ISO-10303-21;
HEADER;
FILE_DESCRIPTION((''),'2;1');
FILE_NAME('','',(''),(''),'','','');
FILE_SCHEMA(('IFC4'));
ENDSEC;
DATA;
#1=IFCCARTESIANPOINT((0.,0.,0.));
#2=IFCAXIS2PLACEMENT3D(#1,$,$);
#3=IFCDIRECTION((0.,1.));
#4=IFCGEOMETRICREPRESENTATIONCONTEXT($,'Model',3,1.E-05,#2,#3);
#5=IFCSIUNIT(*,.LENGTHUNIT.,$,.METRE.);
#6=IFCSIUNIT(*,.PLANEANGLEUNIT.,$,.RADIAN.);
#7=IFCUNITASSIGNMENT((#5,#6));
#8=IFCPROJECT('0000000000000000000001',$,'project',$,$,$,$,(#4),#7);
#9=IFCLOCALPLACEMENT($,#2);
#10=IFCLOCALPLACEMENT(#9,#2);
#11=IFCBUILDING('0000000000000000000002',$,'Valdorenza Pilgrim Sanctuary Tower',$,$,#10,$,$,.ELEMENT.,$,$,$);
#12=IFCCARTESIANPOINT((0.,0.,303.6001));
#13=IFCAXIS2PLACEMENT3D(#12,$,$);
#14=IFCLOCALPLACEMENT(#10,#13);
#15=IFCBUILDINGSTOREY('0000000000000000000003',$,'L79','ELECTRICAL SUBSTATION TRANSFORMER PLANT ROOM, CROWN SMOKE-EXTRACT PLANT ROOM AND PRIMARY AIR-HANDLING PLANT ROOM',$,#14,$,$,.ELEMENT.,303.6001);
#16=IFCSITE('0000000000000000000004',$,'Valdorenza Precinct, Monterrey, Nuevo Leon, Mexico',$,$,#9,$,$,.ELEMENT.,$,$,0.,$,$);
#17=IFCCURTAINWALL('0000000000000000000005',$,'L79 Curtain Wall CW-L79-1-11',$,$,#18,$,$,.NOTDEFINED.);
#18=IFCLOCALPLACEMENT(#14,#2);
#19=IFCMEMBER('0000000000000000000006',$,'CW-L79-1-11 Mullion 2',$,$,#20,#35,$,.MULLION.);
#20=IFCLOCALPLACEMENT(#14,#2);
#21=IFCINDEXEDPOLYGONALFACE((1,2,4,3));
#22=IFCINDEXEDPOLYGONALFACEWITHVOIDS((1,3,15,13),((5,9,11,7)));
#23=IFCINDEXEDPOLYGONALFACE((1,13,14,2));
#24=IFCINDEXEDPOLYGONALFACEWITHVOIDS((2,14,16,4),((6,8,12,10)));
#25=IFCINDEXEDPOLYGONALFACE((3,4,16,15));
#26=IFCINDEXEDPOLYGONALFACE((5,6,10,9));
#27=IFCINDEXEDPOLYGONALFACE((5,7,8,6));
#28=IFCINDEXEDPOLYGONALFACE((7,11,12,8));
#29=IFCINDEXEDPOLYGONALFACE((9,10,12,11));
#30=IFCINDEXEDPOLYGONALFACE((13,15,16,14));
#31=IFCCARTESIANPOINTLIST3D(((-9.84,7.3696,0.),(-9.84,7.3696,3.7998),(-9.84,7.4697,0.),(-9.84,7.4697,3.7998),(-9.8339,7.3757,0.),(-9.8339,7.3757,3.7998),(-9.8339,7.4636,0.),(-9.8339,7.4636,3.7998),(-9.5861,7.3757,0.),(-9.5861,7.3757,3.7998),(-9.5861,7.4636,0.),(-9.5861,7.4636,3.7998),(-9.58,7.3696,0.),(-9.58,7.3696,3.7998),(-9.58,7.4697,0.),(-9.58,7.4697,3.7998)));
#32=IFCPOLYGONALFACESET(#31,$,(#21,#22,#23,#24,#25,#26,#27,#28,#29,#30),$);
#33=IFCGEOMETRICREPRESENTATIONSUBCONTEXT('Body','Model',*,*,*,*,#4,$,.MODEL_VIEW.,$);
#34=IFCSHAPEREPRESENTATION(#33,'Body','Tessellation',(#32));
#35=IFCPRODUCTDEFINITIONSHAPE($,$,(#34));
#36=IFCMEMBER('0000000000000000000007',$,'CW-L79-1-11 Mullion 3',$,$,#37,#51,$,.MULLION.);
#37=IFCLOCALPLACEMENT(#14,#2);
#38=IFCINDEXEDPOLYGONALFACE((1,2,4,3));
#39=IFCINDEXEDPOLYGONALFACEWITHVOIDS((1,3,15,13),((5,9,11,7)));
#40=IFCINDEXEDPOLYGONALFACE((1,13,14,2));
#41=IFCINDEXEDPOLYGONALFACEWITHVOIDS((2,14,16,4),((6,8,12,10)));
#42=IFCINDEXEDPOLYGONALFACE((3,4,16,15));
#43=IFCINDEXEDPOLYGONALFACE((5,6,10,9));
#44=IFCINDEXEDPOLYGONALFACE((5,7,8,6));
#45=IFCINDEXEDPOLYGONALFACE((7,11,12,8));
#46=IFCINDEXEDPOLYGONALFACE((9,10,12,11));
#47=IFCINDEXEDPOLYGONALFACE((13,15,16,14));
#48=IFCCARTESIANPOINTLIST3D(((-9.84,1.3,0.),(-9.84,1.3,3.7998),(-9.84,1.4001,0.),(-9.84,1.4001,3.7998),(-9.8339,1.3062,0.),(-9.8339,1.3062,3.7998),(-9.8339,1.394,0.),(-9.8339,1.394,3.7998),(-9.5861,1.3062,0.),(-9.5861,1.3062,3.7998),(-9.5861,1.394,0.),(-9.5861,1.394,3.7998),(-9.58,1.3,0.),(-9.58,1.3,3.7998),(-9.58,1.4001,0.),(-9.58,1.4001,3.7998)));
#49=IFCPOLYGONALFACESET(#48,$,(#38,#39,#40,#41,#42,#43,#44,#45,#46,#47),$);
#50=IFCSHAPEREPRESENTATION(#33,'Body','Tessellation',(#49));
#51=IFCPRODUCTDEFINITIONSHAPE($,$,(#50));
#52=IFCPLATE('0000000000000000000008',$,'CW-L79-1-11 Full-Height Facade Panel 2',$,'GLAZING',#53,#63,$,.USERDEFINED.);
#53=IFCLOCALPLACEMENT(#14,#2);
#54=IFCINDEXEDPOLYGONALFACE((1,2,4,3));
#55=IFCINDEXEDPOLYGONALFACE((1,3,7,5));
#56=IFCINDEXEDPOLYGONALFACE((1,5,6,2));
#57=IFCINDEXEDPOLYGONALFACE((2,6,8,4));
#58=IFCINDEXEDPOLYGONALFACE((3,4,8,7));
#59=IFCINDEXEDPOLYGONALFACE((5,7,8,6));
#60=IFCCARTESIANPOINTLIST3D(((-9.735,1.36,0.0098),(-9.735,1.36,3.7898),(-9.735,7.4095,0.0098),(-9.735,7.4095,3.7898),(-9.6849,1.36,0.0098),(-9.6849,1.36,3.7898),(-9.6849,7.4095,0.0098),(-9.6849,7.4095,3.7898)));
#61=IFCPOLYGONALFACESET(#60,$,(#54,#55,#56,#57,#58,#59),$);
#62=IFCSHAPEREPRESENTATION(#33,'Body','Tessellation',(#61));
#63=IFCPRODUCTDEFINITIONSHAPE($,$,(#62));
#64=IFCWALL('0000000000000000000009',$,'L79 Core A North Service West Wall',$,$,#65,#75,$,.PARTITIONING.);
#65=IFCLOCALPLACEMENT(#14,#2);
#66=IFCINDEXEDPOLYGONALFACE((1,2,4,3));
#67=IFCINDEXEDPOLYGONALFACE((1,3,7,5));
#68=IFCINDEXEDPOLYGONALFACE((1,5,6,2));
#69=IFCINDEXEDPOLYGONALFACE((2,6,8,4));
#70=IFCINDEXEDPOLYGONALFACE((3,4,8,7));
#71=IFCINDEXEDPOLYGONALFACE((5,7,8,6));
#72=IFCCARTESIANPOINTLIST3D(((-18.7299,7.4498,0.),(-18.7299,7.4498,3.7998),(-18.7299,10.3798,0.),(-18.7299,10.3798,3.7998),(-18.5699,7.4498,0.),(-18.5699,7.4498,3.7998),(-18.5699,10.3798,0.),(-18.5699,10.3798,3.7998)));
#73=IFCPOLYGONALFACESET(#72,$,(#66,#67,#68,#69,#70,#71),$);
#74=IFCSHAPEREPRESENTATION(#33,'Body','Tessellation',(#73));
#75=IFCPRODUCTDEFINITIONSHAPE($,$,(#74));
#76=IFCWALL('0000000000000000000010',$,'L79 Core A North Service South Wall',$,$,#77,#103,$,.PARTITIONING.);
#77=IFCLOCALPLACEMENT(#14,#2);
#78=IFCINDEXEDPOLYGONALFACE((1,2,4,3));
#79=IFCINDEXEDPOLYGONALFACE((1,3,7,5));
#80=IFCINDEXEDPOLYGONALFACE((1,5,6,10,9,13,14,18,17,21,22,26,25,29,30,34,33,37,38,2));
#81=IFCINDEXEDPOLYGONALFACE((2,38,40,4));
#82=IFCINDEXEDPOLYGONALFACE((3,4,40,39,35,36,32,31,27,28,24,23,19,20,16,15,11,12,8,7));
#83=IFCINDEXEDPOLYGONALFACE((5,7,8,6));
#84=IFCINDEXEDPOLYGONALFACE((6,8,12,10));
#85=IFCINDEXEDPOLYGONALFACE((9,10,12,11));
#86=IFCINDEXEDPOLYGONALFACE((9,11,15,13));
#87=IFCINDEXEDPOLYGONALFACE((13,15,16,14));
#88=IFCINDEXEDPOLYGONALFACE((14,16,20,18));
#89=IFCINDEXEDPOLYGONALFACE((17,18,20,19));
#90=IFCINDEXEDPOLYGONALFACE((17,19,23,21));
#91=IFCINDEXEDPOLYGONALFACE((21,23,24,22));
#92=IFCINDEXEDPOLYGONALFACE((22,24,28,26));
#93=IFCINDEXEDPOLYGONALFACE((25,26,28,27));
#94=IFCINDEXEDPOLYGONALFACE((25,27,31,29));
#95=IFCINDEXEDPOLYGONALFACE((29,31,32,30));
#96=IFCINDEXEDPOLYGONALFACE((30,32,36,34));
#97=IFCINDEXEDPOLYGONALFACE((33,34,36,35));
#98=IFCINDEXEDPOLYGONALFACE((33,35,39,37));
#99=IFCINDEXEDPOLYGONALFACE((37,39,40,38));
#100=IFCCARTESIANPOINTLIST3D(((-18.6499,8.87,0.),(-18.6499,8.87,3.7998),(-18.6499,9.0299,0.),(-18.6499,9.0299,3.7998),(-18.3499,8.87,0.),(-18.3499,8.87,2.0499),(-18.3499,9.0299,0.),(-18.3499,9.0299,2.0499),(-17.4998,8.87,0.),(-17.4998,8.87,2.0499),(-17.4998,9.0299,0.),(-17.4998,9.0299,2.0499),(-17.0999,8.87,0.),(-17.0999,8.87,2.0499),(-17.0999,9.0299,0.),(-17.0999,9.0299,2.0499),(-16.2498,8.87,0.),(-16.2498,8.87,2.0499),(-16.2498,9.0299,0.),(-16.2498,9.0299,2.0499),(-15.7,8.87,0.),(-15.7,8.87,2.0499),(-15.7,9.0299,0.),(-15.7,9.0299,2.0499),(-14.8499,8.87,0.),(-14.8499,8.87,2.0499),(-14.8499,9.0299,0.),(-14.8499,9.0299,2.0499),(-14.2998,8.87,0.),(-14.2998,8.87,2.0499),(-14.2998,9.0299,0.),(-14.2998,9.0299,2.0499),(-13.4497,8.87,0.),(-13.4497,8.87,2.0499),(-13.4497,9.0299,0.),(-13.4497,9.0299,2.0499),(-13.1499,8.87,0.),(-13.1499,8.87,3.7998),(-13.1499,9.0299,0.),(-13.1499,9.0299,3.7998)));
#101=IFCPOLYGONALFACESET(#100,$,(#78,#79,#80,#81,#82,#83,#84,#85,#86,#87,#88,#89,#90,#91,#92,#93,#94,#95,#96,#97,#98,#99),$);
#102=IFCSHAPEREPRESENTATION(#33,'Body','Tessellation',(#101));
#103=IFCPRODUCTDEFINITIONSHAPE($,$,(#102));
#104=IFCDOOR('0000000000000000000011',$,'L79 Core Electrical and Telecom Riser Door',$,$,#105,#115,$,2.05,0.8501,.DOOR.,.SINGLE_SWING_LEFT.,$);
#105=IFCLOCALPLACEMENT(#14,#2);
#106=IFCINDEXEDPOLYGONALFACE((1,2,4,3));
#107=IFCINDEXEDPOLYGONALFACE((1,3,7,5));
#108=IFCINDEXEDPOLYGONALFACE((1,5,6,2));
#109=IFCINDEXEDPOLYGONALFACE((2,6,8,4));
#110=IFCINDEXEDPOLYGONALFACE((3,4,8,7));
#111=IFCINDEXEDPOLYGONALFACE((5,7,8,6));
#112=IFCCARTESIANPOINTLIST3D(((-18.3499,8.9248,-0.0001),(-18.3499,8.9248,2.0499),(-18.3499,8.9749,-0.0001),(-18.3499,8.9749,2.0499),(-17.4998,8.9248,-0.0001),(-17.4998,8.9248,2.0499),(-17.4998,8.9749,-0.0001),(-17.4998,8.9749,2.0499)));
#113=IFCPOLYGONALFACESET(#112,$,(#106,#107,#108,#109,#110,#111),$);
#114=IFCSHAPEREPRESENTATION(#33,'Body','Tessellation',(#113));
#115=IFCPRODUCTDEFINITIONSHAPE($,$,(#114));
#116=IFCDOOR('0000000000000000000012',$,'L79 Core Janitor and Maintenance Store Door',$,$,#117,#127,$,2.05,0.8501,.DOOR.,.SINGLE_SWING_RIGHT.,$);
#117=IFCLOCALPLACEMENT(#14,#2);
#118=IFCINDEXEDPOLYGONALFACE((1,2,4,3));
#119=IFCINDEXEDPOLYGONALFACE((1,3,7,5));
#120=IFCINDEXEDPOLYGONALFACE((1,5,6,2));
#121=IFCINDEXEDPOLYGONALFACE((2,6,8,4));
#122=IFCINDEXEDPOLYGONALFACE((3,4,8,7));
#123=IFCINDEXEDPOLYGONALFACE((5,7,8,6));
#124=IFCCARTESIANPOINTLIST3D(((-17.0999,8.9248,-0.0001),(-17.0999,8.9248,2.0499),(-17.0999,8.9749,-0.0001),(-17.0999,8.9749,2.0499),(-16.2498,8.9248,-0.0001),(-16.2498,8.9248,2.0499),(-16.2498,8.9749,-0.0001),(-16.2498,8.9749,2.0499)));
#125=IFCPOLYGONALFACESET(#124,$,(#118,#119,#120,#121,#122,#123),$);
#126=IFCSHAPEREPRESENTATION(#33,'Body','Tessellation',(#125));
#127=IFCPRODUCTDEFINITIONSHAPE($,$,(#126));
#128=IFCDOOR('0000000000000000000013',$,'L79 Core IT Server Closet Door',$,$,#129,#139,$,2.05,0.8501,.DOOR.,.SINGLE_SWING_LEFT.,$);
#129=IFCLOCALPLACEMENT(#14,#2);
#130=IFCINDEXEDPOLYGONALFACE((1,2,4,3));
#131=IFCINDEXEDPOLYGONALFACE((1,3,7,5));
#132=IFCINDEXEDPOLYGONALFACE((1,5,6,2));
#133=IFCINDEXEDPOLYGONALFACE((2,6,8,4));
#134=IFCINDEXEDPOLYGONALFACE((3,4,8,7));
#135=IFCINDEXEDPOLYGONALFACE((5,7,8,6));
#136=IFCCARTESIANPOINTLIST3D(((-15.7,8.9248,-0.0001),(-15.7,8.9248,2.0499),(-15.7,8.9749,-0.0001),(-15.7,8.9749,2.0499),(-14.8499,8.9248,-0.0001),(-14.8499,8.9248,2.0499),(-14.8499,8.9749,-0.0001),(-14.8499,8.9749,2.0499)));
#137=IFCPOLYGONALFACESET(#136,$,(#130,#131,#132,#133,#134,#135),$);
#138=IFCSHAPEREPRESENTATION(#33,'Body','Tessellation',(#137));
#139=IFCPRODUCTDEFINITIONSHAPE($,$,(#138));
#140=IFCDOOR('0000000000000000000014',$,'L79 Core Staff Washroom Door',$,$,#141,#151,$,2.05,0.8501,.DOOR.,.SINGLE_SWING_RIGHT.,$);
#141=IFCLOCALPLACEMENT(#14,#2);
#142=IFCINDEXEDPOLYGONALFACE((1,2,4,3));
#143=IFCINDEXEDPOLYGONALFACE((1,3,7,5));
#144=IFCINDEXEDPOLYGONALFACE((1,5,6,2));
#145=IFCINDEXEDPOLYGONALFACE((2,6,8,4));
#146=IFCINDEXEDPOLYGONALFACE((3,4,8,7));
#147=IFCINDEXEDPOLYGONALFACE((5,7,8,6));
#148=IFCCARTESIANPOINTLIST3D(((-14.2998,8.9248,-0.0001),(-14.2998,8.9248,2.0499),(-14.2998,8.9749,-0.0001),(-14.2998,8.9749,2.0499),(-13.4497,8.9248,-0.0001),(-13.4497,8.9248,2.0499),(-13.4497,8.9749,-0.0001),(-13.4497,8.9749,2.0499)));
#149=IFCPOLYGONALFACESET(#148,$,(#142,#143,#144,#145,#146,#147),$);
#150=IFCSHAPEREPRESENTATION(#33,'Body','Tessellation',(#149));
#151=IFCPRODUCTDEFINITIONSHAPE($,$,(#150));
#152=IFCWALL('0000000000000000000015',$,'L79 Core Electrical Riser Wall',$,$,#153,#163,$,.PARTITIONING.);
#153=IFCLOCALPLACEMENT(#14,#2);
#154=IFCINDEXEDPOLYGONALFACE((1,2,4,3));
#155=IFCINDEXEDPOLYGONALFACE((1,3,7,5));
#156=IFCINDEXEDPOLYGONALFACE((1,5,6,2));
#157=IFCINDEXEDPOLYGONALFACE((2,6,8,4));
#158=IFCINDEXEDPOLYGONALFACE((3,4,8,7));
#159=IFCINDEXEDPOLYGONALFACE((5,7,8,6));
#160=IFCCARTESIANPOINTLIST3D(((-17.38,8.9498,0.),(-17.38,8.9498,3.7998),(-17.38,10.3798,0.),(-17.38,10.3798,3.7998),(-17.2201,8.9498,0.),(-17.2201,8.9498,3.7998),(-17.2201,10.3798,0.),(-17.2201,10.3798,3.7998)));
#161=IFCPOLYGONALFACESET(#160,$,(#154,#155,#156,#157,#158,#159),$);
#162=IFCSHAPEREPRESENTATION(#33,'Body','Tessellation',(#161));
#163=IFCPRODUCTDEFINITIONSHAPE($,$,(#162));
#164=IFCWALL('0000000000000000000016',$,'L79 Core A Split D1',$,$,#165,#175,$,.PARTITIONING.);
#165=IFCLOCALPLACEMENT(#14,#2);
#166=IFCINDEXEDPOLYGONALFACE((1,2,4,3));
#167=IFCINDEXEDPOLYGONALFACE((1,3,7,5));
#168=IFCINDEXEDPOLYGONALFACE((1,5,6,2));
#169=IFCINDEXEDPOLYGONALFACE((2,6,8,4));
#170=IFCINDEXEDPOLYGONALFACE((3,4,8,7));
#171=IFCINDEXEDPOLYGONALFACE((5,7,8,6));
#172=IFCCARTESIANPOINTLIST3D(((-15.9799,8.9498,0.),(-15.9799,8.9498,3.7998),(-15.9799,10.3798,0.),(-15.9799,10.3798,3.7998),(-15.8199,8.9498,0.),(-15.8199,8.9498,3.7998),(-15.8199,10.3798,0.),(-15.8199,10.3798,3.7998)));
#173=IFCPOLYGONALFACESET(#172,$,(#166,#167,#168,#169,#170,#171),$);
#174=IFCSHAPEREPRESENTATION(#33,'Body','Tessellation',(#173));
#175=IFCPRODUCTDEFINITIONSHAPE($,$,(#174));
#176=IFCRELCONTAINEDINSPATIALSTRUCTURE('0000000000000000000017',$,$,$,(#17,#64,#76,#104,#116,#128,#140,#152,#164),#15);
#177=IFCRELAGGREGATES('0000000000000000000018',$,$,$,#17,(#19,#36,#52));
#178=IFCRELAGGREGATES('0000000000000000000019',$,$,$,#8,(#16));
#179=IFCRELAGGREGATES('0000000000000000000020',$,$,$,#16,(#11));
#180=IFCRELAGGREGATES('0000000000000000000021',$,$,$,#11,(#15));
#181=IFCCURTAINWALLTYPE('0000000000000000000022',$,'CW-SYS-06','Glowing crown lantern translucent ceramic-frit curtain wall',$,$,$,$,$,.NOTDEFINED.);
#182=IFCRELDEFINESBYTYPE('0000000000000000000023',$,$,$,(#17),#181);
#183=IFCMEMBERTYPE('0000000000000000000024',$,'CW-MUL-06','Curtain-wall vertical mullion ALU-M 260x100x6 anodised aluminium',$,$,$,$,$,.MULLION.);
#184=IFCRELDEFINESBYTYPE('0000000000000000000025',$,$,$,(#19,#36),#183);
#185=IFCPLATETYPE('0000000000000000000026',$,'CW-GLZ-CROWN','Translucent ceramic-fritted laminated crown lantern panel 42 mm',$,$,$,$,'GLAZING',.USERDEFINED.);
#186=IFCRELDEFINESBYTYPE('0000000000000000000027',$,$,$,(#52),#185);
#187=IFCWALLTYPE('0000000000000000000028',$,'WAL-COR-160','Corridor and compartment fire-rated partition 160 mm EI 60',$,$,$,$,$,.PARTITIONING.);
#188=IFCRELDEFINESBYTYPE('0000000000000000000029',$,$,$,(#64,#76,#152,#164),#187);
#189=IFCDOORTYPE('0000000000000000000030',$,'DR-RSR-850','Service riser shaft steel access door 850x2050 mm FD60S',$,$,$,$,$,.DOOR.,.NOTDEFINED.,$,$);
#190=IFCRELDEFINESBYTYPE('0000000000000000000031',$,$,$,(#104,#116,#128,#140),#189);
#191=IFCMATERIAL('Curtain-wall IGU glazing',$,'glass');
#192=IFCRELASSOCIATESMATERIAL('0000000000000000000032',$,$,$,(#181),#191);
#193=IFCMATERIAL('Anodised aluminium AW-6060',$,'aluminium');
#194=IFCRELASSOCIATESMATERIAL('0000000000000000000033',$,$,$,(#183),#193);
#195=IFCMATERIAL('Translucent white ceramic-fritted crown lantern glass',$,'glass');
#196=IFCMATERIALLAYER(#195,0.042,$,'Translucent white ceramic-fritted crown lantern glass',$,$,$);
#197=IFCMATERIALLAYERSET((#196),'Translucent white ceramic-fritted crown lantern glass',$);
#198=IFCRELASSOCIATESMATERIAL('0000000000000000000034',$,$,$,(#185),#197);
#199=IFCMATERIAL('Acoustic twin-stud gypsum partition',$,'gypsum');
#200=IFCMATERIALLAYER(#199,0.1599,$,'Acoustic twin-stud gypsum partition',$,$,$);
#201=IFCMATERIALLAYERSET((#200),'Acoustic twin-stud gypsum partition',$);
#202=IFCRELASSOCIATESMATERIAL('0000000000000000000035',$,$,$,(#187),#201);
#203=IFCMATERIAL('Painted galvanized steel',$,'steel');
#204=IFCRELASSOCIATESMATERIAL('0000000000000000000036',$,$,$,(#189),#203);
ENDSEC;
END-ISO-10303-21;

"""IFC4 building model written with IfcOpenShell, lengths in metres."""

from ifc_helpers import new_model, si_unit, direction, frame, frame_2d, origin, origin_2d, place, context, subcontext, project, spatial, rectangle, hollow_rectangle, extrude, source, transform, mapped, material, layer, layer_set, material_profile, profile_set, type_object, element, fill, aggregate, save


model = new_model("IFC4")

# Units and contexts
model_context = context("Model", 3, precision=1e-05, world=origin(), true_north=direction((0.0, 1.0)))
body_context = subcontext(model_context, "Body", "Model", "MODEL_VIEW")
ifc_project = project(units=[si_unit("LENGTHUNIT", "METRE"), si_unit("PLANEANGLEUNIT", "RADIAN")], contexts=[model_context])

# Site, building, storey
site_placement = place(None, origin())
site = spatial("IfcSite", under=ifc_project, at=site_placement, Name="Valdorenza Precinct, Monterrey, Nuevo Leon, Mexico", CompositionType="ELEMENT", RefElevation=0.0)
building_placement = place(site_placement, origin())
building = spatial("IfcBuilding", under=site, at=building_placement, Name="Valdorenza Pilgrim Sanctuary Tower", CompositionType="ELEMENT")
storey_placement = place(building_placement, frame((0.0, 0.0, 303.6001)))
storey = spatial("IfcBuildingStorey", under=building, at=storey_placement, Name="L79", Description="ELECTRICAL SUBSTATION TRANSFORMER PLANT ROOM, CROWN SMOKE-EXTRACT PLANT ROOM AND PRIMARY AIR-HANDLING PLANT ROOM", CompositionType="ELEMENT", Elevation=303.6001)

# Curtain wall, members, plate
ifc_material_1 = material(Name="Curtain-wall IGU glazing", Category="glass")
curtain_wall_type = type_object("IfcCurtainWallType", Name="CW-SYS-06", Description="Glowing crown lantern translucent ceramic-frit curtain wall", PredefinedType="NOTDEFINED", material=ifc_material_1)
curtain_wall_placement = place(storey_placement, origin())
curtain_wall = element("IfcCurtainWall", 1, at=curtain_wall_placement, inside=storey, type_object=curtain_wall_type, Name="L79 Curtain Wall CW-L79-1-11", PredefinedType="NOTDEFINED")
ifc_material_2 = material(Name="Anodised aluminium AW-6060", Category="aluminium")
ifc_material_profile = material_profile(ifc_material_2, hollow_rectangle(XDim=0.1001, YDim=0.26, WallThickness=0.0061, at=origin_2d()), Name="ALU-M 260x100x6")
ifc_profile_set = profile_set([ifc_material_profile], Name="Anodised aluminium AW-6060")
member_type = type_object("IfcMemberType", Name="CW-MUL-06", Description="Curtain-wall vertical mullion ALU-M 260x100x6 anodised aluminium", PredefinedType="MULLION", material=ifc_profile_set)
shared_shape_1 = source(origin(), body_context, "Body", "SweptSolid", [
    extrude(hollow_rectangle(XDim=0.1001, YDim=0.26, WallThickness=0.0061, at=origin_2d()), origin(), (0.0, 0.0, 1.0), 3.7998),
])
member_1_placement = place(storey_placement, frame((-9.71, 7.4197, 0.0), z_axis=(0.0, 0.0, 1.0), x_axis=(0.0, -1.0, 0.0)))
member_1 = element("IfcMember", 2, at=member_1_placement, type_object=member_type, Name="CW-L79-1-11 Mullion 2", PredefinedType="MULLION", context=body_context, shape_type="MappedRepresentation", body=[
    mapped(shared_shape_1, transform((0.0, 0.0, 0.0), x_axis=(1.0, 0.0, 0.0), y_axis=(0.0, 1.0, 0.0), z_axis=(0.0, 0.0, 1.0), scale=1.0)),
])
member_2_placement = place(storey_placement, frame((-9.71, 1.3501, 0.0), z_axis=(0.0, 0.0, 1.0), x_axis=(0.0, -1.0, 0.0)))
member_2 = element("IfcMember", 3, at=member_2_placement, type_object=member_type, Name="CW-L79-1-11 Mullion 3", PredefinedType="MULLION", context=body_context, shape_type="MappedRepresentation", body=[
    mapped(shared_shape_1, transform((0.0, 0.0, 0.0), x_axis=(1.0, 0.0, 0.0), y_axis=(0.0, 1.0, 0.0), z_axis=(0.0, 0.0, 1.0), scale=1.0)),
])
ifc_material_3 = material(Name="Translucent white ceramic-fritted crown lantern glass", Category="glass")
ifc_layer_1 = layer(ifc_material_3, 0.042, Name="Translucent white ceramic-fritted crown lantern glass")
ifc_layer_set_1 = layer_set([ifc_layer_1], Name="Translucent white ceramic-fritted crown lantern glass")
plate_type = type_object("IfcPlateType", Name="CW-GLZ-CROWN", Description="Translucent ceramic-fritted laminated crown lantern panel 42 mm", ElementType="GLAZING", PredefinedType="USERDEFINED", material=ifc_layer_set_1)
shared_shape_2 = source(origin(), body_context, "Body", "SweptSolid", [
    extrude(rectangle(XDim=6.0496, YDim=0.05, at=origin_2d()), origin(), (0.0, 0.0, 1.0), 3.78),
])
plate_placement = place(storey_placement, frame((-9.71, 4.3848, 0.0098), z_axis=(0.0, 0.0, 1.0), x_axis=(0.0, -1.0, 0.0)))
plate = element("IfcPlate", 4, at=plate_placement, type_object=plate_type, Name="CW-L79-1-11 Full-Height Facade Panel 2", ObjectType="GLAZING", PredefinedType="USERDEFINED", context=body_context, shape_type="MappedRepresentation", body=[
    mapped(shared_shape_2, transform((0.0, 0.0, 0.0), x_axis=(1.0, 0.0, 0.0), y_axis=(0.0, 1.0, 0.0), z_axis=(0.0, 0.0, 1.0), scale=1.0)),
])
aggregate(curtain_wall, [member_1, member_2, plate])

# Wall
ifc_material_4 = material(Name="Acoustic twin-stud gypsum partition", Category="gypsum")
ifc_layer_2 = layer(ifc_material_4, 0.1599, Name="Acoustic twin-stud gypsum partition")
ifc_layer_set_2 = layer_set([ifc_layer_2], Name="Acoustic twin-stud gypsum partition")
wall_type_1 = type_object("IfcWallType", Name="WAL-COR-160", Description="Corridor and compartment fire-rated partition 160 mm EI 60", PredefinedType="PARTITIONING", material=ifc_layer_set_2)
wall_1_placement = place(storey_placement, frame((-18.6499, 7.45, 0.0), z_axis=(0.0, 0.0, 1.0), x_axis=(0.0, 1.0, 0.0)))
element("IfcWall", 5, at=wall_1_placement, inside=storey, type_object=wall_type_1, Name="L79 Core A North Service West Wall", PredefinedType="PARTITIONING", context=body_context, shape_type="SweptSolid", body=[
    extrude(rectangle(XDim=2.9299, YDim=0.1599, at=frame_2d((1.4648, 0.0))), origin(), (0.0, 0.0, 1.0), 3.7998),
])

# Wall, openings, doors
wall_2_placement = place(storey_placement, frame((-18.6499, 8.95, 0.0), z_axis=(0.0, 0.0, 1.0), x_axis=(1.0, 0.0, 0.0)))
wall_2 = element("IfcWall", 6, at=wall_2_placement, inside=storey, type_object=wall_type_1, Name="L79 Core A North Service South Wall", PredefinedType="PARTITIONING", context=body_context, shape_type="SweptSolid", body=[
    extrude(rectangle(XDim=5.5, YDim=0.1599, at=frame_2d((2.75, 0.0))), origin(), (0.0, 0.0, 1.0), 3.7998),
])
opening_1_placement = place(wall_2_placement, frame((0.3, 0.0, 0.0)))
opening_1 = element("IfcOpeningElement", 7, at=opening_1_placement, cuts=wall_2, PredefinedType="OPENING", context=body_context, shape_type="SweptSolid", body=[
    extrude(rectangle(XDim=0.8501, YDim=2.05, at=frame_2d((0.425, 1.0249))), frame((0.0, 0.0947, 0.0), z_axis=(0.0, -1.0, 0.0), x_axis=(1.0, 0.0, 0.0)), (0.0, 0.0, 1.0), 0.1897),
])
opening_2_placement = place(wall_2_placement, frame((1.55, 0.0, 0.0)))
opening_2 = element("IfcOpeningElement", 8, at=opening_2_placement, cuts=wall_2, PredefinedType="OPENING", context=body_context, shape_type="SweptSolid", body=[
    extrude(rectangle(XDim=0.8501, YDim=2.05, at=frame_2d((0.425, 1.0249))), frame((0.0, 0.0947, 0.0), z_axis=(0.0, -1.0, 0.0), x_axis=(1.0, 0.0, 0.0)), (0.0, 0.0, 1.0), 0.1897),
])
opening_3_placement = place(wall_2_placement, frame((2.95, 0.0, 0.0)))
opening_3 = element("IfcOpeningElement", 9, at=opening_3_placement, cuts=wall_2, PredefinedType="OPENING", context=body_context, shape_type="SweptSolid", body=[
    extrude(rectangle(XDim=0.8501, YDim=2.05, at=frame_2d((0.425, 1.0249))), frame((0.0, 0.0947, 0.0), z_axis=(0.0, -1.0, 0.0), x_axis=(1.0, 0.0, 0.0)), (0.0, 0.0, 1.0), 0.1897),
])
opening_4_placement = place(wall_2_placement, frame((4.3501, 0.0, 0.0)))
opening_4 = element("IfcOpeningElement", 10, at=opening_4_placement, cuts=wall_2, PredefinedType="OPENING", context=body_context, shape_type="SweptSolid", body=[
    extrude(rectangle(XDim=0.8501, YDim=2.05, at=frame_2d((0.425, 1.0249))), frame((0.0, 0.0947, 0.0), z_axis=(0.0, -1.0, 0.0), x_axis=(1.0, 0.0, 0.0)), (0.0, 0.0, 1.0), 0.1897),
])
ifc_material_5 = material(Name="Painted galvanized steel", Category="steel")
door_type_1 = type_object("IfcDoorType", Name="DR-RSR-850", Description="Service riser shaft steel access door 850x2050 mm FD60S", OperationType="NOTDEFINED", PredefinedType="DOOR", material=ifc_material_5)
door_1_placement = place(opening_1_placement, origin())
door_1 = element("IfcDoor", 11, at=door_1_placement, inside=storey, type_object=door_type_1, Name="L79 Core Electrical and Telecom Riser Door", OperationType="SINGLE_SWING_LEFT", OverallHeight=2.05, OverallWidth=0.8501, PredefinedType="DOOR", context=body_context, shape_type="SweptSolid", body=[
    extrude(rectangle(XDim=0.8501, YDim=2.05, at=frame_2d((0.425, 1.0249))), frame((0.0, 0.0249, 0.0), z_axis=(0.0, -1.0, 0.0), x_axis=(1.0, 0.0, 0.0)), (0.0, 0.0, 1.0), 0.05),
])
fill(opening_1, door_1)
door_2_placement = place(opening_2_placement, origin())
door_2 = element("IfcDoor", 12, at=door_2_placement, inside=storey, type_object=door_type_1, Name="L79 Core Janitor and Maintenance Store Door", OperationType="SINGLE_SWING_RIGHT", OverallHeight=2.05, OverallWidth=0.8501, PredefinedType="DOOR", context=body_context, shape_type="SweptSolid", body=[
    extrude(rectangle(XDim=0.8501, YDim=2.05, at=frame_2d((0.425, 1.0249))), frame((0.0, 0.0249, 0.0), z_axis=(0.0, -1.0, 0.0), x_axis=(1.0, 0.0, 0.0)), (0.0, 0.0, 1.0), 0.05),
])
fill(opening_2, door_2)
door_3_placement = place(opening_3_placement, origin())
door_3 = element("IfcDoor", 13, at=door_3_placement, inside=storey, type_object=door_type_1, Name="L79 Core IT Server Closet Door", OperationType="SINGLE_SWING_LEFT", OverallHeight=2.05, OverallWidth=0.8501, PredefinedType="DOOR", context=body_context, shape_type="SweptSolid", body=[
    extrude(rectangle(XDim=0.8501, YDim=2.05, at=frame_2d((0.425, 1.0249))), frame((0.0, 0.0249, 0.0), z_axis=(0.0, -1.0, 0.0), x_axis=(1.0, 0.0, 0.0)), (0.0, 0.0, 1.0), 0.05),
])
fill(opening_3, door_3)
door_4_placement = place(opening_4_placement, origin())
door_4 = element("IfcDoor", 14, at=door_4_placement, inside=storey, type_object=door_type_1, Name="L79 Core Staff Washroom Door", OperationType="SINGLE_SWING_RIGHT", OverallHeight=2.05, OverallWidth=0.8501, PredefinedType="DOOR", context=body_context, shape_type="SweptSolid", body=[
    extrude(rectangle(XDim=0.8501, YDim=2.05, at=frame_2d((0.425, 1.0249))), frame((0.0, 0.0249, 0.0), z_axis=(0.0, -1.0, 0.0), x_axis=(1.0, 0.0, 0.0)), (0.0, 0.0, 1.0), 0.05),
])
fill(opening_4, door_4)

# Walls
for number, where, z_axis, x_axis, name in (
    (15, (-17.3, 8.95, 0.0), (0.0, 0.0, 1.0), (0.0, 1.0, 0.0), "L79 Core Electrical Riser Wall"),
    (16, (-15.8999, 8.95, 0.0), (0.0, 0.0, 1.0), (0.0, 1.0, 0.0), "L79 Core A Split D1"),
):
    element("IfcWall", number, at=place(storey_placement, frame(where, z_axis=z_axis, x_axis=x_axis)), inside=storey, type_object=wall_type_1, Name=name, PredefinedType="PARTITIONING", context=body_context, shape_type="SweptSolid", body=[
        extrude(rectangle(XDim=1.4299, YDim=0.1599, at=frame_2d((0.7148, 0.0))), origin(), (0.0, 0.0, 1.0), 3.7998),
    ])

save(model, "model.ifc")
